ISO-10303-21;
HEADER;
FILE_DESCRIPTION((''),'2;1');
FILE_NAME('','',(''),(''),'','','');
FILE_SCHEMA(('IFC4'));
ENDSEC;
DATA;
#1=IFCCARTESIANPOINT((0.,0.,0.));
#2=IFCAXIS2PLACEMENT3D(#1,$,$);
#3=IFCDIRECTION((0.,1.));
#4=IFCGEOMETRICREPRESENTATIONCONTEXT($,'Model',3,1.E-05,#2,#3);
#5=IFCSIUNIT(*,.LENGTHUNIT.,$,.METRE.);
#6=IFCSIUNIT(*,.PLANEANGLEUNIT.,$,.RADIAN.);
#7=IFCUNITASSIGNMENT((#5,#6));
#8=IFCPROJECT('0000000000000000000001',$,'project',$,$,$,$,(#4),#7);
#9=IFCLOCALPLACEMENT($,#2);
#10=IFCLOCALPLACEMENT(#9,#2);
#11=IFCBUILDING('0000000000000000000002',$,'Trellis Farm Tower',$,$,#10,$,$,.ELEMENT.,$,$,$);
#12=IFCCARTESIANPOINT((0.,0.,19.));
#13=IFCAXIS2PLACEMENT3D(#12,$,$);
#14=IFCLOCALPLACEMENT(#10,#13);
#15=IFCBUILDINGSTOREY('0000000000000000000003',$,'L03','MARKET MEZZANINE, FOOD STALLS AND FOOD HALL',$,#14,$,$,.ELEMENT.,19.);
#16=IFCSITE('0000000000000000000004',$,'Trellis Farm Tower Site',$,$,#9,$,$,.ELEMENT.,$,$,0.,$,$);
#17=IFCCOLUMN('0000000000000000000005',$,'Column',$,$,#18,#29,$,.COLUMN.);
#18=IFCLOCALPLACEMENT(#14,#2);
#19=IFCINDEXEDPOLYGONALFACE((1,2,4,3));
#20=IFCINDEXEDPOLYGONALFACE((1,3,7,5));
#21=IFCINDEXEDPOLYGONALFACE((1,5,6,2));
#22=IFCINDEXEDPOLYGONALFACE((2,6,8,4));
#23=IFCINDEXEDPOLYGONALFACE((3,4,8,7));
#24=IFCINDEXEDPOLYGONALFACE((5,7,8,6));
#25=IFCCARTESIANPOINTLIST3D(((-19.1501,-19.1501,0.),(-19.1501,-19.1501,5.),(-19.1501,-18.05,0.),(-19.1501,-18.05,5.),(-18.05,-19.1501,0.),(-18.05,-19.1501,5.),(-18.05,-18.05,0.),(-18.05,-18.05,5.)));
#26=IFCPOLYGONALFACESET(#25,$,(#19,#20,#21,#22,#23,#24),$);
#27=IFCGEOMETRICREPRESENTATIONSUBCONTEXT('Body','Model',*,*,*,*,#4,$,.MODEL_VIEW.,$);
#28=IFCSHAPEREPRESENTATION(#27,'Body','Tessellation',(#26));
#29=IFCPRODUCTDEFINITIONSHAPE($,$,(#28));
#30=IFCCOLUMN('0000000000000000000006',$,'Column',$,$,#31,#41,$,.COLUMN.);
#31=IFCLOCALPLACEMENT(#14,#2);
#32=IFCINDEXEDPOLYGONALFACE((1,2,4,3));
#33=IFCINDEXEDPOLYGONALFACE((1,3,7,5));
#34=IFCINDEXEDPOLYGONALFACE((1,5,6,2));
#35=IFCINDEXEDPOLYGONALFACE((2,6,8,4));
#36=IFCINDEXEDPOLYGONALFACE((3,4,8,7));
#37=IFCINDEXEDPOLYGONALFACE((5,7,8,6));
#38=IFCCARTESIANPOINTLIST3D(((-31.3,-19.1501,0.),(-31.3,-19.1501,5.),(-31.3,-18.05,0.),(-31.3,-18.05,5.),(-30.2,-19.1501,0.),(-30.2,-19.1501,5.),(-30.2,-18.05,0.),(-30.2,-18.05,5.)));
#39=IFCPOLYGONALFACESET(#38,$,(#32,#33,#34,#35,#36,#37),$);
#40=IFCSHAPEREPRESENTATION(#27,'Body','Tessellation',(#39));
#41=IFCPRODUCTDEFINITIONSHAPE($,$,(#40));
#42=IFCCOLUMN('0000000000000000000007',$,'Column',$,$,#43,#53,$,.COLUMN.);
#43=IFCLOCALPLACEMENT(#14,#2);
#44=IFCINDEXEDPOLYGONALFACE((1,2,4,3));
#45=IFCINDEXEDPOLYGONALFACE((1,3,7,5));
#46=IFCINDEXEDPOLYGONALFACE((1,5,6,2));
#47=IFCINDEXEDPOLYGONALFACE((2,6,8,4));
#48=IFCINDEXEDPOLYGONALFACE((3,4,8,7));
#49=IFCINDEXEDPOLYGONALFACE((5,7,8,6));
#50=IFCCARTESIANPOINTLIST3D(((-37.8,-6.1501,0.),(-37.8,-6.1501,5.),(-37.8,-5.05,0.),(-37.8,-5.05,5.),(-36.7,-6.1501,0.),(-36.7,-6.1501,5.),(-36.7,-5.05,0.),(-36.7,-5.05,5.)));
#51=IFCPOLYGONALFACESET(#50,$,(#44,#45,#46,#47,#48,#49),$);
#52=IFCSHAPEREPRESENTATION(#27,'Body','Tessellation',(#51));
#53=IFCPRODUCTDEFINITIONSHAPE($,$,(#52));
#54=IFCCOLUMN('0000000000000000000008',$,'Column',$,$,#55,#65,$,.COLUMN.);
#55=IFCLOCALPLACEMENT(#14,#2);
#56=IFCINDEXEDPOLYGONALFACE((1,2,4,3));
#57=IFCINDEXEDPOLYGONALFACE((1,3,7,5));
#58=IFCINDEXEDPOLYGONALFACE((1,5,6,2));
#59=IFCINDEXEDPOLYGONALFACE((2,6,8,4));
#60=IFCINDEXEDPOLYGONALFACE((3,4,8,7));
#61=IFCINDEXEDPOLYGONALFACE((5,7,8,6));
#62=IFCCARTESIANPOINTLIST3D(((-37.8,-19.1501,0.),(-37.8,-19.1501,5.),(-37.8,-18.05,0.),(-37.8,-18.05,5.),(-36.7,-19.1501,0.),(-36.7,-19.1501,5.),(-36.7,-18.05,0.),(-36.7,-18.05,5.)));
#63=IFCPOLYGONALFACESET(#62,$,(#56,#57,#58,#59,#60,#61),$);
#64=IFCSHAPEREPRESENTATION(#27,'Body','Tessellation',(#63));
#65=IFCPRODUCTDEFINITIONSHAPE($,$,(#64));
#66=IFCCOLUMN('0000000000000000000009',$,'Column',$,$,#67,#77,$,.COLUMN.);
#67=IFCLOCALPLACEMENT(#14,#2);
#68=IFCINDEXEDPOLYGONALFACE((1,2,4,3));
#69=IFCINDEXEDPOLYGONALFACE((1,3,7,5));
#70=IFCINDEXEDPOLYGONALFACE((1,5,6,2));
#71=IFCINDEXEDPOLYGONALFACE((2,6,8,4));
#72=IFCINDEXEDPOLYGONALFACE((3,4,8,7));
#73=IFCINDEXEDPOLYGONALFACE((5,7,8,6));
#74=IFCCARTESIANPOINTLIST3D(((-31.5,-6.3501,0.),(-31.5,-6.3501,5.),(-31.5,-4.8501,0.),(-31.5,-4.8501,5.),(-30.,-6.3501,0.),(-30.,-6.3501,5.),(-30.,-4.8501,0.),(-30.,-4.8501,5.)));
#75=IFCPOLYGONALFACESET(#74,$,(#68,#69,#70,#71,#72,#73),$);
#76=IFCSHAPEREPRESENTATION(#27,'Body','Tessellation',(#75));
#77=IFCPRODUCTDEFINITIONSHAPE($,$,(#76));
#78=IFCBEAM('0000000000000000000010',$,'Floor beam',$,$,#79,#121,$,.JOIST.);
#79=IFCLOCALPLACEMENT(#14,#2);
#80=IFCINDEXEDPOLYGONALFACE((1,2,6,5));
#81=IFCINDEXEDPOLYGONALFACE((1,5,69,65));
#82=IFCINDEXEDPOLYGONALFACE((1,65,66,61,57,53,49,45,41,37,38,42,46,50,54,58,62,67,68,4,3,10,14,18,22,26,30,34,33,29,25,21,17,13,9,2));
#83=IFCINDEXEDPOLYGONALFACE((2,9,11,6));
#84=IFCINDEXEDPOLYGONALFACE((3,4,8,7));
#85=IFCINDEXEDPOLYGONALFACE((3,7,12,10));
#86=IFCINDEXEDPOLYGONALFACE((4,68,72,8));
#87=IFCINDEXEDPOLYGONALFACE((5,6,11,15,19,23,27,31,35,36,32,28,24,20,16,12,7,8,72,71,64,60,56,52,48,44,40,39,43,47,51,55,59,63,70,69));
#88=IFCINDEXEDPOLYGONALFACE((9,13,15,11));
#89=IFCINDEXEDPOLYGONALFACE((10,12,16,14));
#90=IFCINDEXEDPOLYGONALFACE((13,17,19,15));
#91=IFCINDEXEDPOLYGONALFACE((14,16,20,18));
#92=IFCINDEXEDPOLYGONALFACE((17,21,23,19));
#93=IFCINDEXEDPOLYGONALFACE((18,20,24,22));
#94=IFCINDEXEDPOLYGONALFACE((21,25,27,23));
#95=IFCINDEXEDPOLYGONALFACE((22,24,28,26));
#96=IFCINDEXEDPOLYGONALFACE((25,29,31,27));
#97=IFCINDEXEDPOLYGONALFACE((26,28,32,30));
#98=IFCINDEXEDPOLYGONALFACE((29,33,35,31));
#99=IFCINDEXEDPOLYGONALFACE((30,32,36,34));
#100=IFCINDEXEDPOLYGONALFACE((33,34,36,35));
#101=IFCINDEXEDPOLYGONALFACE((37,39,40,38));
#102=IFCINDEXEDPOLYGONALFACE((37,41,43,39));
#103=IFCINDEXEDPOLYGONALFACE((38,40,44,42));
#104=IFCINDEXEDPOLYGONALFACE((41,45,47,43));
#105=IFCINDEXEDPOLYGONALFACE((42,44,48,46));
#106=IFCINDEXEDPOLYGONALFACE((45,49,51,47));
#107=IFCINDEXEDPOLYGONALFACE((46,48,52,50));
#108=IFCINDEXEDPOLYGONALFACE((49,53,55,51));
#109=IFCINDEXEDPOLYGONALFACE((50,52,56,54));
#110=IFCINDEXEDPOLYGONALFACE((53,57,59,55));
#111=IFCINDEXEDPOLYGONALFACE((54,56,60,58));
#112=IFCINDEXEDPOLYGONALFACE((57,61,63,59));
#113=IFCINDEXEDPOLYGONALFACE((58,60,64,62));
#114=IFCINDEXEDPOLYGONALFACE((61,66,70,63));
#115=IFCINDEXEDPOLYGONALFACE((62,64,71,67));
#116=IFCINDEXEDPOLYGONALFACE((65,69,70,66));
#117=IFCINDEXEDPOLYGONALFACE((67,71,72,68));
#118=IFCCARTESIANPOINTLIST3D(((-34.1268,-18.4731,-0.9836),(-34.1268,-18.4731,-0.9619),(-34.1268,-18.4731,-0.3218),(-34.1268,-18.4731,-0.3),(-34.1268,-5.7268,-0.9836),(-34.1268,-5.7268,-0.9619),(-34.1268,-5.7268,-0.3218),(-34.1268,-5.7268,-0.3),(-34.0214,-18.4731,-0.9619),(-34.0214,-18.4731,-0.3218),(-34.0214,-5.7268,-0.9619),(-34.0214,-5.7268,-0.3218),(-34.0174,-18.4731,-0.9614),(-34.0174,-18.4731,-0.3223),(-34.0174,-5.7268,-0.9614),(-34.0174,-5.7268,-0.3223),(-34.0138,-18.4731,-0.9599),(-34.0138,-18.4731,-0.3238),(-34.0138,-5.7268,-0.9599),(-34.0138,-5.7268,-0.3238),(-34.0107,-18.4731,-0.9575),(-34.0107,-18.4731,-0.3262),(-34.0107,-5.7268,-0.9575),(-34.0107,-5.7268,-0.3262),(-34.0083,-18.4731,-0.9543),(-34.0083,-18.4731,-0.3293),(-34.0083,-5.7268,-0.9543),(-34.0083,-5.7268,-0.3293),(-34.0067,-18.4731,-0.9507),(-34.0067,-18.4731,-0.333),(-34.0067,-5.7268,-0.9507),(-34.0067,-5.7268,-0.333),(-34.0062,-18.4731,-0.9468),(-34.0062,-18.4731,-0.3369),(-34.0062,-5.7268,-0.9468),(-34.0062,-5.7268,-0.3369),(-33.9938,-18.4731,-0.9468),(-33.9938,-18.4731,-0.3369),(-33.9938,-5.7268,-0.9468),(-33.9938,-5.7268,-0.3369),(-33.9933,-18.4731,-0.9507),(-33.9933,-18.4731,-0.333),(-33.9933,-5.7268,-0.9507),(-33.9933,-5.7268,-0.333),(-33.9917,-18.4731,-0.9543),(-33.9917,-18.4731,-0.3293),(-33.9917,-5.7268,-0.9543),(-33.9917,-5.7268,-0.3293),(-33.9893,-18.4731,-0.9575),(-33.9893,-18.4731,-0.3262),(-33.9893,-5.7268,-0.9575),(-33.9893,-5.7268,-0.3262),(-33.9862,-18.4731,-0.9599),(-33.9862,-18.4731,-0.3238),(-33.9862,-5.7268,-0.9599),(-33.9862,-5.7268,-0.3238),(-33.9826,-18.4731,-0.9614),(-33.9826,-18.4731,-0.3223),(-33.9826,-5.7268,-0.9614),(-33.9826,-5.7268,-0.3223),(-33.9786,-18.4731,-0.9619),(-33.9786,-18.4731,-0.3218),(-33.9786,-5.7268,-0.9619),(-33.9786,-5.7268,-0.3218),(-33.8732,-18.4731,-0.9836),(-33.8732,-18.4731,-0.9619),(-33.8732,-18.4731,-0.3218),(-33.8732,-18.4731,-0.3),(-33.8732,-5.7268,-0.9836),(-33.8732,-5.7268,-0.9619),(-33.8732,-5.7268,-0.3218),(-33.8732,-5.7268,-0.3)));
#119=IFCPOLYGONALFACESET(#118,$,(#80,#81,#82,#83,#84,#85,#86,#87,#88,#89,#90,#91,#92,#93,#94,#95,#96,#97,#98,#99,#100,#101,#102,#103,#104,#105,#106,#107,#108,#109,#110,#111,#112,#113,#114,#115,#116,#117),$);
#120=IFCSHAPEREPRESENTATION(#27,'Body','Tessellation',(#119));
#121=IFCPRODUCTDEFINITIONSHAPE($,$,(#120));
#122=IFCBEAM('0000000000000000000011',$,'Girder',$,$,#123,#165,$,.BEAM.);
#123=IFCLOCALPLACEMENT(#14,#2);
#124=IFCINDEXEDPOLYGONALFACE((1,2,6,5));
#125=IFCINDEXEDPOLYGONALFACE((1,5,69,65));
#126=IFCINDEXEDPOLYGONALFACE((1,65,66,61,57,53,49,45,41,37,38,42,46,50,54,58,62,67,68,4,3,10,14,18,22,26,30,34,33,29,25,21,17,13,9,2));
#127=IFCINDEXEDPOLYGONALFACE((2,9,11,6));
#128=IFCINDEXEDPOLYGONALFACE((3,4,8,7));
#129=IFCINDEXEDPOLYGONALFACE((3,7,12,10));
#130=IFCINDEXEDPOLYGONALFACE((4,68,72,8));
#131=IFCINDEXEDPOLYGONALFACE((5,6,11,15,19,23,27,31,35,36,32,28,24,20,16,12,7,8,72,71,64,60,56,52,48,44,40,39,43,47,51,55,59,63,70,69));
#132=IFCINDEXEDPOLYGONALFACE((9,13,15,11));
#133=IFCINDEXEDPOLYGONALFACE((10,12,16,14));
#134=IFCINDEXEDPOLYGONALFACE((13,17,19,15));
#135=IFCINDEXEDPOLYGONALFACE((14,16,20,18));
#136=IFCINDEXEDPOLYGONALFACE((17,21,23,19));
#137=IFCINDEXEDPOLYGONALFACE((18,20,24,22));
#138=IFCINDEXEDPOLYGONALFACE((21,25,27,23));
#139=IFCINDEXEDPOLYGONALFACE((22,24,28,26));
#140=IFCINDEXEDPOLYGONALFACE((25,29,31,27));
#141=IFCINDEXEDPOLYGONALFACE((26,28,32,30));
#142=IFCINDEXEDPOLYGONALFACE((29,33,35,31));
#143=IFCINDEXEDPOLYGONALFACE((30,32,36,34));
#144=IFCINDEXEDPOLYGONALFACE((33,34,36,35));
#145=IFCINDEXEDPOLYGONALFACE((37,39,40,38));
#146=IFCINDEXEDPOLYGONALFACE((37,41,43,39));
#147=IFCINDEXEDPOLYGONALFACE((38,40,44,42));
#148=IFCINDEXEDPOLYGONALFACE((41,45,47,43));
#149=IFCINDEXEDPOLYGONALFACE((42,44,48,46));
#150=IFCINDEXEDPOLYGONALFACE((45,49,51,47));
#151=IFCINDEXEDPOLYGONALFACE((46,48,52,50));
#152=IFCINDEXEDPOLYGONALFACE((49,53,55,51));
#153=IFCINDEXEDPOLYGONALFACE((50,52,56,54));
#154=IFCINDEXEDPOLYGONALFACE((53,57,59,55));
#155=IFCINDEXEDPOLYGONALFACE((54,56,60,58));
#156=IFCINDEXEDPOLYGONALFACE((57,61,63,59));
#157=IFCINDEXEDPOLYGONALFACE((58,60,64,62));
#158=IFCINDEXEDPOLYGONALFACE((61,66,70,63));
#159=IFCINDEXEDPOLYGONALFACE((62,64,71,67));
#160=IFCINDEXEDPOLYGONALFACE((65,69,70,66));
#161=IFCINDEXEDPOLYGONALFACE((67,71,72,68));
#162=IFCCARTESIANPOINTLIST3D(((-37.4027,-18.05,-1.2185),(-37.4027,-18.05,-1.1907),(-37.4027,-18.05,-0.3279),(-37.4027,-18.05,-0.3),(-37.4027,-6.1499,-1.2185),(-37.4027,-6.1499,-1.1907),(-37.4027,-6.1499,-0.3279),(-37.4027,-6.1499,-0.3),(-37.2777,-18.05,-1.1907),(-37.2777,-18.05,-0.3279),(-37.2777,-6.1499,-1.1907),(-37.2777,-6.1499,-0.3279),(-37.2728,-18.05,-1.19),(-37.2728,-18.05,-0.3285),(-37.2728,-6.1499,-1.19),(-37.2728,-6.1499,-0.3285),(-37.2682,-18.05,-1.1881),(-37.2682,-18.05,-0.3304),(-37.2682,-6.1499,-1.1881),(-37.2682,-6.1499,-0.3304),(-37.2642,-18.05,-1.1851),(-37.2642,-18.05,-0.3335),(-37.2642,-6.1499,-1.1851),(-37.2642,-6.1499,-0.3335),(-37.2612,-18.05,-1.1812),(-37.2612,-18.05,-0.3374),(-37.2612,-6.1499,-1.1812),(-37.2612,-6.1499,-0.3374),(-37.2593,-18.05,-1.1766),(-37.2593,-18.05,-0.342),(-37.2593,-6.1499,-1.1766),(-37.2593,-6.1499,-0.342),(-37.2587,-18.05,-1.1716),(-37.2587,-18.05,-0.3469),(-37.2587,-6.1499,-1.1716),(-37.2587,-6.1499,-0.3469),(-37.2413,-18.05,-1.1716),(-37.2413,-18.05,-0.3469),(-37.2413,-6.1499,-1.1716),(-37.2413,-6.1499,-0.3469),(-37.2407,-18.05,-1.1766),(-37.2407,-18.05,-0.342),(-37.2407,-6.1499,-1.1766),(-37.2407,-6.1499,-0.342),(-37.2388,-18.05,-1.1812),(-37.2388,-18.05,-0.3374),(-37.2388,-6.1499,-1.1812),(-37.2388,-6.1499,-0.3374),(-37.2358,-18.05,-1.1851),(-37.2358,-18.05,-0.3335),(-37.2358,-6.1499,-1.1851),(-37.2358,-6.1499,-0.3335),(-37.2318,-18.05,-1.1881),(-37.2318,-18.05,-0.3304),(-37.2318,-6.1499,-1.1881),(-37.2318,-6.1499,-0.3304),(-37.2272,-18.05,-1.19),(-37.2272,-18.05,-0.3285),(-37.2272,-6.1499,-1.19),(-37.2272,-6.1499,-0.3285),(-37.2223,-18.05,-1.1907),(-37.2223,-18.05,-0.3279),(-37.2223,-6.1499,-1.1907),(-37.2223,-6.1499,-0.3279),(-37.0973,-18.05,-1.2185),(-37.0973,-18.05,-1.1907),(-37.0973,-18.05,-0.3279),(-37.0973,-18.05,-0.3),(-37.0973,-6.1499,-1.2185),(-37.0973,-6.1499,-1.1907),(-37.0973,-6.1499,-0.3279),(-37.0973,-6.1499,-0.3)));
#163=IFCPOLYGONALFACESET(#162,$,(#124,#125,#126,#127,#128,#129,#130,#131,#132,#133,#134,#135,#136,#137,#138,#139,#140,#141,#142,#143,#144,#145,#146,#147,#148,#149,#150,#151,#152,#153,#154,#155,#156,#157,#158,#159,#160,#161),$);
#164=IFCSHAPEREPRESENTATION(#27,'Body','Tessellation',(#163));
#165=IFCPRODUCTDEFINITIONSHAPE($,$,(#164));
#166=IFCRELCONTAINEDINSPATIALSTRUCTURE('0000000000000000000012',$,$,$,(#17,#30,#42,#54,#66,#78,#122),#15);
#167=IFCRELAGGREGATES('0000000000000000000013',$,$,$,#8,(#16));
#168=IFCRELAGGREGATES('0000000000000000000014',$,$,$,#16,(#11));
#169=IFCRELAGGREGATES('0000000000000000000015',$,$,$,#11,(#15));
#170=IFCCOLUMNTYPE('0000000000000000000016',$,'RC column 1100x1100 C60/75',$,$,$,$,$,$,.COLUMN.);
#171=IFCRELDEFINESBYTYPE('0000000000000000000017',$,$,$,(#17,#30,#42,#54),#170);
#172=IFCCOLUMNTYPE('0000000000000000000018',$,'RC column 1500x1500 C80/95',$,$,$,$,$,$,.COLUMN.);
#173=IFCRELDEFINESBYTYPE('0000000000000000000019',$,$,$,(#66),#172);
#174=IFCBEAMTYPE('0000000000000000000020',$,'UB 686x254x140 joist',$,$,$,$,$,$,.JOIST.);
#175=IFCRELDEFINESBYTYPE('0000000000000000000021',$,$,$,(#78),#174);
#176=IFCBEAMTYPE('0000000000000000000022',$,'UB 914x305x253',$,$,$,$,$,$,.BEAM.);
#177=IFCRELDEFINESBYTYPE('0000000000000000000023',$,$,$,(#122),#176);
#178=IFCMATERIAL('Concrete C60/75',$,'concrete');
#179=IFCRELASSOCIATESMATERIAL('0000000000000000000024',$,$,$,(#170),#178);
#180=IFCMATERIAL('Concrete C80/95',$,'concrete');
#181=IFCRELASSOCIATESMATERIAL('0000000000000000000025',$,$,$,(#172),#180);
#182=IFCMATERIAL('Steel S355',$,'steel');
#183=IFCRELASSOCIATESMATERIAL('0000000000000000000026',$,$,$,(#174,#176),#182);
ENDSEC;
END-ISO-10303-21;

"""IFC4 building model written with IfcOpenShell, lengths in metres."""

from ifc_helpers import new_model, si_unit, direction, frame, origin, origin_2d, place, context, subcontext, project, spatial, rectangle, i_section, extrude, source, transform, mapped, material, material_profile, profile_set, type_object, element, save


model = new_model("IFC4")

# Units and contexts
model_context = context("Model", 3, precision=1e-05, world=origin(), true_north=direction((0.0, 1.0)))
body_context = subcontext(model_context, "Body", "Model", "MODEL_VIEW")
ifc_project = project(units=[si_unit("LENGTHUNIT", "METRE"), si_unit("PLANEANGLEUNIT", "RADIAN")], contexts=[model_context])

# Site, building, storey
site_placement = place(None, origin())
site = spatial("IfcSite", under=ifc_project, at=site_placement, Name="Trellis Farm Tower Site", CompositionType="ELEMENT", RefElevation=0.0)
building_placement = place(site_placement, origin())
building = spatial("IfcBuilding", under=site, at=building_placement, Name="Trellis Farm Tower", CompositionType="ELEMENT")
storey_placement = place(building_placement, frame((0.0, 0.0, 19.0)))
storey = spatial("IfcBuildingStorey", under=building, at=storey_placement, Name="L03", Description="MARKET MEZZANINE, FOOD STALLS AND FOOD HALL", CompositionType="ELEMENT", Elevation=19.0)

# Columns
ifc_material_1 = material(Name="Concrete C60/75", Category="concrete")
ifc_material_profile_1 = material_profile(ifc_material_1, rectangle(XDim=1.1001, YDim=1.1001, at=origin_2d()), Name="RC column 1100x1100 C60/75")
ifc_profile_set_1 = profile_set([ifc_material_profile_1], Name="Concrete C60/75")
column_type_1 = type_object("IfcColumnType", Name="RC column 1100x1100 C60/75", PredefinedType="COLUMN", material=ifc_profile_set_1)
shared_shape_1 = source(origin(), body_context, "Body", "SweptSolid", [
    extrude(rectangle(XDim=1.1001, YDim=1.1001, at=origin_2d()), origin(), (0.0, 0.0, 1.0), 5.0),
])
for number, where, z_axis, x_axis, name in (
    (1, (-18.6001, -18.6001, 0.0), (0.0, 0.0, 1.0), (1.0, 0.0, 0.0), "Column"),
    (2, (-30.75, -18.6001, 0.0), (0.0, 0.0, 1.0), (1.0, 0.0, 0.0), "Column"),
    (3, (-37.25, -5.6001, 0.0), (0.0, 0.0, 1.0), (1.0, 0.0, 0.0), "Column"),
    (4, (-37.25, -18.6001, 0.0), (0.0, 0.0, 1.0), (1.0, 0.0, 0.0), "Column"),
):
    element("IfcColumn", number, at=place(storey_placement, frame(where, z_axis=z_axis, x_axis=x_axis)), inside=storey, type_object=column_type_1, Name=name, PredefinedType="COLUMN", context=body_context, shape_type="MappedRepresentation", body=[
        mapped(shared_shape_1, transform((0.0, 0.0, 0.0))),
    ])
ifc_material_2 = material(Name="Concrete C80/95", Category="concrete")
ifc_material_profile_2 = material_profile(ifc_material_2, rectangle(XDim=1.5, YDim=1.5, at=origin_2d()), Name="RC column 1500x1500 C80/95")
ifc_profile_set_2 = profile_set([ifc_material_profile_2], Name="Concrete C80/95")
column_type_2 = type_object("IfcColumnType", Name="RC column 1500x1500 C80/95", PredefinedType="COLUMN", material=ifc_profile_set_2)
shared_shape_2 = source(origin(), body_context, "Body", "SweptSolid", [
    extrude(rectangle(XDim=1.5, YDim=1.5, at=origin_2d()), origin(), (0.0, 0.0, 1.0), 5.0),
])
column_placement = place(storey_placement, frame((-30.75, -5.6001, 0.0), z_axis=(0.0, 0.0, 1.0), x_axis=(1.0, 0.0, 0.0)))
element("IfcColumn", 5, at=column_placement, inside=storey, type_object=column_type_2, Name="Column", PredefinedType="COLUMN", context=body_context, shape_type="MappedRepresentation", body=[
    mapped(shared_shape_2, transform((0.0, 0.0, 0.0))),
])

# Beams
ifc_material_3 = material(Name="Steel S355", Category="steel")
ifc_material_profile_3 = material_profile(ifc_material_3, i_section(OverallWidth=0.2537, OverallDepth=0.6836, WebThickness=0.0125, FlangeThickness=0.0217, FilletRadius=0.0151, at=origin_2d()), Name="UB 686x254x140")
ifc_profile_set_3 = profile_set([ifc_material_profile_3], Name="Steel S355")
beam_type_1 = type_object("IfcBeamType", Name="UB 686x254x140 joist", PredefinedType="JOIST", material=ifc_profile_set_3)
shared_shape_3 = source(origin(), body_context, "Body", "SweptSolid", [
    extrude(i_section(OverallWidth=0.2537, OverallDepth=0.6836, WebThickness=0.0125, FlangeThickness=0.0217, FilletRadius=0.0151, at=origin_2d()), origin(), (0.0, 0.0, 1.0), 12.7463),
])
beam_1_placement = place(storey_placement, frame((-34.0, -18.4731, -0.6418), z_axis=(0.0, 1.0, 0.0), x_axis=(-1.0, 0.0, 0.0)))
element("IfcBeam", 6, at=beam_1_placement, inside=storey, type_object=beam_type_1, Name="Floor beam", PredefinedType="JOIST", context=body_context, shape_type="MappedRepresentation", body=[
    mapped(shared_shape_3, transform((0.0, 0.0, 0.0))),
])
ifc_material_profile_4 = material_profile(ifc_material_3, i_section(OverallWidth=0.3054, OverallDepth=0.9185, WebThickness=0.0173, FlangeThickness=0.0278, FilletRadius=0.019, at=origin_2d()), Name="UB 914x305x253")
ifc_profile_set_4 = profile_set([ifc_material_profile_4], Name="Steel S355")
beam_type_2 = type_object("IfcBeamType", Name="UB 914x305x253", PredefinedType="BEAM", material=ifc_profile_set_4)
shared_shape_4 = source(origin(), body_context, "Body", "SweptSolid", [
    extrude(i_section(OverallWidth=0.3054, OverallDepth=0.9185, WebThickness=0.0173, FlangeThickness=0.0278, FilletRadius=0.019, at=origin_2d()), origin(), (0.0, 0.0, 1.0), 11.9001),
])
beam_2_placement = place(storey_placement, frame((-37.25, -18.05, -0.7593), z_axis=(0.0, 1.0, 0.0), x_axis=(-1.0, 0.0, 0.0)))
element("IfcBeam", 7, at=beam_2_placement, inside=storey, type_object=beam_type_2, Name="Girder", PredefinedType="BEAM", context=body_context, shape_type="MappedRepresentation", body=[
    mapped(shared_shape_4, transform((0.0, 0.0, 0.0))),
])

save(model, "model.ifc")
